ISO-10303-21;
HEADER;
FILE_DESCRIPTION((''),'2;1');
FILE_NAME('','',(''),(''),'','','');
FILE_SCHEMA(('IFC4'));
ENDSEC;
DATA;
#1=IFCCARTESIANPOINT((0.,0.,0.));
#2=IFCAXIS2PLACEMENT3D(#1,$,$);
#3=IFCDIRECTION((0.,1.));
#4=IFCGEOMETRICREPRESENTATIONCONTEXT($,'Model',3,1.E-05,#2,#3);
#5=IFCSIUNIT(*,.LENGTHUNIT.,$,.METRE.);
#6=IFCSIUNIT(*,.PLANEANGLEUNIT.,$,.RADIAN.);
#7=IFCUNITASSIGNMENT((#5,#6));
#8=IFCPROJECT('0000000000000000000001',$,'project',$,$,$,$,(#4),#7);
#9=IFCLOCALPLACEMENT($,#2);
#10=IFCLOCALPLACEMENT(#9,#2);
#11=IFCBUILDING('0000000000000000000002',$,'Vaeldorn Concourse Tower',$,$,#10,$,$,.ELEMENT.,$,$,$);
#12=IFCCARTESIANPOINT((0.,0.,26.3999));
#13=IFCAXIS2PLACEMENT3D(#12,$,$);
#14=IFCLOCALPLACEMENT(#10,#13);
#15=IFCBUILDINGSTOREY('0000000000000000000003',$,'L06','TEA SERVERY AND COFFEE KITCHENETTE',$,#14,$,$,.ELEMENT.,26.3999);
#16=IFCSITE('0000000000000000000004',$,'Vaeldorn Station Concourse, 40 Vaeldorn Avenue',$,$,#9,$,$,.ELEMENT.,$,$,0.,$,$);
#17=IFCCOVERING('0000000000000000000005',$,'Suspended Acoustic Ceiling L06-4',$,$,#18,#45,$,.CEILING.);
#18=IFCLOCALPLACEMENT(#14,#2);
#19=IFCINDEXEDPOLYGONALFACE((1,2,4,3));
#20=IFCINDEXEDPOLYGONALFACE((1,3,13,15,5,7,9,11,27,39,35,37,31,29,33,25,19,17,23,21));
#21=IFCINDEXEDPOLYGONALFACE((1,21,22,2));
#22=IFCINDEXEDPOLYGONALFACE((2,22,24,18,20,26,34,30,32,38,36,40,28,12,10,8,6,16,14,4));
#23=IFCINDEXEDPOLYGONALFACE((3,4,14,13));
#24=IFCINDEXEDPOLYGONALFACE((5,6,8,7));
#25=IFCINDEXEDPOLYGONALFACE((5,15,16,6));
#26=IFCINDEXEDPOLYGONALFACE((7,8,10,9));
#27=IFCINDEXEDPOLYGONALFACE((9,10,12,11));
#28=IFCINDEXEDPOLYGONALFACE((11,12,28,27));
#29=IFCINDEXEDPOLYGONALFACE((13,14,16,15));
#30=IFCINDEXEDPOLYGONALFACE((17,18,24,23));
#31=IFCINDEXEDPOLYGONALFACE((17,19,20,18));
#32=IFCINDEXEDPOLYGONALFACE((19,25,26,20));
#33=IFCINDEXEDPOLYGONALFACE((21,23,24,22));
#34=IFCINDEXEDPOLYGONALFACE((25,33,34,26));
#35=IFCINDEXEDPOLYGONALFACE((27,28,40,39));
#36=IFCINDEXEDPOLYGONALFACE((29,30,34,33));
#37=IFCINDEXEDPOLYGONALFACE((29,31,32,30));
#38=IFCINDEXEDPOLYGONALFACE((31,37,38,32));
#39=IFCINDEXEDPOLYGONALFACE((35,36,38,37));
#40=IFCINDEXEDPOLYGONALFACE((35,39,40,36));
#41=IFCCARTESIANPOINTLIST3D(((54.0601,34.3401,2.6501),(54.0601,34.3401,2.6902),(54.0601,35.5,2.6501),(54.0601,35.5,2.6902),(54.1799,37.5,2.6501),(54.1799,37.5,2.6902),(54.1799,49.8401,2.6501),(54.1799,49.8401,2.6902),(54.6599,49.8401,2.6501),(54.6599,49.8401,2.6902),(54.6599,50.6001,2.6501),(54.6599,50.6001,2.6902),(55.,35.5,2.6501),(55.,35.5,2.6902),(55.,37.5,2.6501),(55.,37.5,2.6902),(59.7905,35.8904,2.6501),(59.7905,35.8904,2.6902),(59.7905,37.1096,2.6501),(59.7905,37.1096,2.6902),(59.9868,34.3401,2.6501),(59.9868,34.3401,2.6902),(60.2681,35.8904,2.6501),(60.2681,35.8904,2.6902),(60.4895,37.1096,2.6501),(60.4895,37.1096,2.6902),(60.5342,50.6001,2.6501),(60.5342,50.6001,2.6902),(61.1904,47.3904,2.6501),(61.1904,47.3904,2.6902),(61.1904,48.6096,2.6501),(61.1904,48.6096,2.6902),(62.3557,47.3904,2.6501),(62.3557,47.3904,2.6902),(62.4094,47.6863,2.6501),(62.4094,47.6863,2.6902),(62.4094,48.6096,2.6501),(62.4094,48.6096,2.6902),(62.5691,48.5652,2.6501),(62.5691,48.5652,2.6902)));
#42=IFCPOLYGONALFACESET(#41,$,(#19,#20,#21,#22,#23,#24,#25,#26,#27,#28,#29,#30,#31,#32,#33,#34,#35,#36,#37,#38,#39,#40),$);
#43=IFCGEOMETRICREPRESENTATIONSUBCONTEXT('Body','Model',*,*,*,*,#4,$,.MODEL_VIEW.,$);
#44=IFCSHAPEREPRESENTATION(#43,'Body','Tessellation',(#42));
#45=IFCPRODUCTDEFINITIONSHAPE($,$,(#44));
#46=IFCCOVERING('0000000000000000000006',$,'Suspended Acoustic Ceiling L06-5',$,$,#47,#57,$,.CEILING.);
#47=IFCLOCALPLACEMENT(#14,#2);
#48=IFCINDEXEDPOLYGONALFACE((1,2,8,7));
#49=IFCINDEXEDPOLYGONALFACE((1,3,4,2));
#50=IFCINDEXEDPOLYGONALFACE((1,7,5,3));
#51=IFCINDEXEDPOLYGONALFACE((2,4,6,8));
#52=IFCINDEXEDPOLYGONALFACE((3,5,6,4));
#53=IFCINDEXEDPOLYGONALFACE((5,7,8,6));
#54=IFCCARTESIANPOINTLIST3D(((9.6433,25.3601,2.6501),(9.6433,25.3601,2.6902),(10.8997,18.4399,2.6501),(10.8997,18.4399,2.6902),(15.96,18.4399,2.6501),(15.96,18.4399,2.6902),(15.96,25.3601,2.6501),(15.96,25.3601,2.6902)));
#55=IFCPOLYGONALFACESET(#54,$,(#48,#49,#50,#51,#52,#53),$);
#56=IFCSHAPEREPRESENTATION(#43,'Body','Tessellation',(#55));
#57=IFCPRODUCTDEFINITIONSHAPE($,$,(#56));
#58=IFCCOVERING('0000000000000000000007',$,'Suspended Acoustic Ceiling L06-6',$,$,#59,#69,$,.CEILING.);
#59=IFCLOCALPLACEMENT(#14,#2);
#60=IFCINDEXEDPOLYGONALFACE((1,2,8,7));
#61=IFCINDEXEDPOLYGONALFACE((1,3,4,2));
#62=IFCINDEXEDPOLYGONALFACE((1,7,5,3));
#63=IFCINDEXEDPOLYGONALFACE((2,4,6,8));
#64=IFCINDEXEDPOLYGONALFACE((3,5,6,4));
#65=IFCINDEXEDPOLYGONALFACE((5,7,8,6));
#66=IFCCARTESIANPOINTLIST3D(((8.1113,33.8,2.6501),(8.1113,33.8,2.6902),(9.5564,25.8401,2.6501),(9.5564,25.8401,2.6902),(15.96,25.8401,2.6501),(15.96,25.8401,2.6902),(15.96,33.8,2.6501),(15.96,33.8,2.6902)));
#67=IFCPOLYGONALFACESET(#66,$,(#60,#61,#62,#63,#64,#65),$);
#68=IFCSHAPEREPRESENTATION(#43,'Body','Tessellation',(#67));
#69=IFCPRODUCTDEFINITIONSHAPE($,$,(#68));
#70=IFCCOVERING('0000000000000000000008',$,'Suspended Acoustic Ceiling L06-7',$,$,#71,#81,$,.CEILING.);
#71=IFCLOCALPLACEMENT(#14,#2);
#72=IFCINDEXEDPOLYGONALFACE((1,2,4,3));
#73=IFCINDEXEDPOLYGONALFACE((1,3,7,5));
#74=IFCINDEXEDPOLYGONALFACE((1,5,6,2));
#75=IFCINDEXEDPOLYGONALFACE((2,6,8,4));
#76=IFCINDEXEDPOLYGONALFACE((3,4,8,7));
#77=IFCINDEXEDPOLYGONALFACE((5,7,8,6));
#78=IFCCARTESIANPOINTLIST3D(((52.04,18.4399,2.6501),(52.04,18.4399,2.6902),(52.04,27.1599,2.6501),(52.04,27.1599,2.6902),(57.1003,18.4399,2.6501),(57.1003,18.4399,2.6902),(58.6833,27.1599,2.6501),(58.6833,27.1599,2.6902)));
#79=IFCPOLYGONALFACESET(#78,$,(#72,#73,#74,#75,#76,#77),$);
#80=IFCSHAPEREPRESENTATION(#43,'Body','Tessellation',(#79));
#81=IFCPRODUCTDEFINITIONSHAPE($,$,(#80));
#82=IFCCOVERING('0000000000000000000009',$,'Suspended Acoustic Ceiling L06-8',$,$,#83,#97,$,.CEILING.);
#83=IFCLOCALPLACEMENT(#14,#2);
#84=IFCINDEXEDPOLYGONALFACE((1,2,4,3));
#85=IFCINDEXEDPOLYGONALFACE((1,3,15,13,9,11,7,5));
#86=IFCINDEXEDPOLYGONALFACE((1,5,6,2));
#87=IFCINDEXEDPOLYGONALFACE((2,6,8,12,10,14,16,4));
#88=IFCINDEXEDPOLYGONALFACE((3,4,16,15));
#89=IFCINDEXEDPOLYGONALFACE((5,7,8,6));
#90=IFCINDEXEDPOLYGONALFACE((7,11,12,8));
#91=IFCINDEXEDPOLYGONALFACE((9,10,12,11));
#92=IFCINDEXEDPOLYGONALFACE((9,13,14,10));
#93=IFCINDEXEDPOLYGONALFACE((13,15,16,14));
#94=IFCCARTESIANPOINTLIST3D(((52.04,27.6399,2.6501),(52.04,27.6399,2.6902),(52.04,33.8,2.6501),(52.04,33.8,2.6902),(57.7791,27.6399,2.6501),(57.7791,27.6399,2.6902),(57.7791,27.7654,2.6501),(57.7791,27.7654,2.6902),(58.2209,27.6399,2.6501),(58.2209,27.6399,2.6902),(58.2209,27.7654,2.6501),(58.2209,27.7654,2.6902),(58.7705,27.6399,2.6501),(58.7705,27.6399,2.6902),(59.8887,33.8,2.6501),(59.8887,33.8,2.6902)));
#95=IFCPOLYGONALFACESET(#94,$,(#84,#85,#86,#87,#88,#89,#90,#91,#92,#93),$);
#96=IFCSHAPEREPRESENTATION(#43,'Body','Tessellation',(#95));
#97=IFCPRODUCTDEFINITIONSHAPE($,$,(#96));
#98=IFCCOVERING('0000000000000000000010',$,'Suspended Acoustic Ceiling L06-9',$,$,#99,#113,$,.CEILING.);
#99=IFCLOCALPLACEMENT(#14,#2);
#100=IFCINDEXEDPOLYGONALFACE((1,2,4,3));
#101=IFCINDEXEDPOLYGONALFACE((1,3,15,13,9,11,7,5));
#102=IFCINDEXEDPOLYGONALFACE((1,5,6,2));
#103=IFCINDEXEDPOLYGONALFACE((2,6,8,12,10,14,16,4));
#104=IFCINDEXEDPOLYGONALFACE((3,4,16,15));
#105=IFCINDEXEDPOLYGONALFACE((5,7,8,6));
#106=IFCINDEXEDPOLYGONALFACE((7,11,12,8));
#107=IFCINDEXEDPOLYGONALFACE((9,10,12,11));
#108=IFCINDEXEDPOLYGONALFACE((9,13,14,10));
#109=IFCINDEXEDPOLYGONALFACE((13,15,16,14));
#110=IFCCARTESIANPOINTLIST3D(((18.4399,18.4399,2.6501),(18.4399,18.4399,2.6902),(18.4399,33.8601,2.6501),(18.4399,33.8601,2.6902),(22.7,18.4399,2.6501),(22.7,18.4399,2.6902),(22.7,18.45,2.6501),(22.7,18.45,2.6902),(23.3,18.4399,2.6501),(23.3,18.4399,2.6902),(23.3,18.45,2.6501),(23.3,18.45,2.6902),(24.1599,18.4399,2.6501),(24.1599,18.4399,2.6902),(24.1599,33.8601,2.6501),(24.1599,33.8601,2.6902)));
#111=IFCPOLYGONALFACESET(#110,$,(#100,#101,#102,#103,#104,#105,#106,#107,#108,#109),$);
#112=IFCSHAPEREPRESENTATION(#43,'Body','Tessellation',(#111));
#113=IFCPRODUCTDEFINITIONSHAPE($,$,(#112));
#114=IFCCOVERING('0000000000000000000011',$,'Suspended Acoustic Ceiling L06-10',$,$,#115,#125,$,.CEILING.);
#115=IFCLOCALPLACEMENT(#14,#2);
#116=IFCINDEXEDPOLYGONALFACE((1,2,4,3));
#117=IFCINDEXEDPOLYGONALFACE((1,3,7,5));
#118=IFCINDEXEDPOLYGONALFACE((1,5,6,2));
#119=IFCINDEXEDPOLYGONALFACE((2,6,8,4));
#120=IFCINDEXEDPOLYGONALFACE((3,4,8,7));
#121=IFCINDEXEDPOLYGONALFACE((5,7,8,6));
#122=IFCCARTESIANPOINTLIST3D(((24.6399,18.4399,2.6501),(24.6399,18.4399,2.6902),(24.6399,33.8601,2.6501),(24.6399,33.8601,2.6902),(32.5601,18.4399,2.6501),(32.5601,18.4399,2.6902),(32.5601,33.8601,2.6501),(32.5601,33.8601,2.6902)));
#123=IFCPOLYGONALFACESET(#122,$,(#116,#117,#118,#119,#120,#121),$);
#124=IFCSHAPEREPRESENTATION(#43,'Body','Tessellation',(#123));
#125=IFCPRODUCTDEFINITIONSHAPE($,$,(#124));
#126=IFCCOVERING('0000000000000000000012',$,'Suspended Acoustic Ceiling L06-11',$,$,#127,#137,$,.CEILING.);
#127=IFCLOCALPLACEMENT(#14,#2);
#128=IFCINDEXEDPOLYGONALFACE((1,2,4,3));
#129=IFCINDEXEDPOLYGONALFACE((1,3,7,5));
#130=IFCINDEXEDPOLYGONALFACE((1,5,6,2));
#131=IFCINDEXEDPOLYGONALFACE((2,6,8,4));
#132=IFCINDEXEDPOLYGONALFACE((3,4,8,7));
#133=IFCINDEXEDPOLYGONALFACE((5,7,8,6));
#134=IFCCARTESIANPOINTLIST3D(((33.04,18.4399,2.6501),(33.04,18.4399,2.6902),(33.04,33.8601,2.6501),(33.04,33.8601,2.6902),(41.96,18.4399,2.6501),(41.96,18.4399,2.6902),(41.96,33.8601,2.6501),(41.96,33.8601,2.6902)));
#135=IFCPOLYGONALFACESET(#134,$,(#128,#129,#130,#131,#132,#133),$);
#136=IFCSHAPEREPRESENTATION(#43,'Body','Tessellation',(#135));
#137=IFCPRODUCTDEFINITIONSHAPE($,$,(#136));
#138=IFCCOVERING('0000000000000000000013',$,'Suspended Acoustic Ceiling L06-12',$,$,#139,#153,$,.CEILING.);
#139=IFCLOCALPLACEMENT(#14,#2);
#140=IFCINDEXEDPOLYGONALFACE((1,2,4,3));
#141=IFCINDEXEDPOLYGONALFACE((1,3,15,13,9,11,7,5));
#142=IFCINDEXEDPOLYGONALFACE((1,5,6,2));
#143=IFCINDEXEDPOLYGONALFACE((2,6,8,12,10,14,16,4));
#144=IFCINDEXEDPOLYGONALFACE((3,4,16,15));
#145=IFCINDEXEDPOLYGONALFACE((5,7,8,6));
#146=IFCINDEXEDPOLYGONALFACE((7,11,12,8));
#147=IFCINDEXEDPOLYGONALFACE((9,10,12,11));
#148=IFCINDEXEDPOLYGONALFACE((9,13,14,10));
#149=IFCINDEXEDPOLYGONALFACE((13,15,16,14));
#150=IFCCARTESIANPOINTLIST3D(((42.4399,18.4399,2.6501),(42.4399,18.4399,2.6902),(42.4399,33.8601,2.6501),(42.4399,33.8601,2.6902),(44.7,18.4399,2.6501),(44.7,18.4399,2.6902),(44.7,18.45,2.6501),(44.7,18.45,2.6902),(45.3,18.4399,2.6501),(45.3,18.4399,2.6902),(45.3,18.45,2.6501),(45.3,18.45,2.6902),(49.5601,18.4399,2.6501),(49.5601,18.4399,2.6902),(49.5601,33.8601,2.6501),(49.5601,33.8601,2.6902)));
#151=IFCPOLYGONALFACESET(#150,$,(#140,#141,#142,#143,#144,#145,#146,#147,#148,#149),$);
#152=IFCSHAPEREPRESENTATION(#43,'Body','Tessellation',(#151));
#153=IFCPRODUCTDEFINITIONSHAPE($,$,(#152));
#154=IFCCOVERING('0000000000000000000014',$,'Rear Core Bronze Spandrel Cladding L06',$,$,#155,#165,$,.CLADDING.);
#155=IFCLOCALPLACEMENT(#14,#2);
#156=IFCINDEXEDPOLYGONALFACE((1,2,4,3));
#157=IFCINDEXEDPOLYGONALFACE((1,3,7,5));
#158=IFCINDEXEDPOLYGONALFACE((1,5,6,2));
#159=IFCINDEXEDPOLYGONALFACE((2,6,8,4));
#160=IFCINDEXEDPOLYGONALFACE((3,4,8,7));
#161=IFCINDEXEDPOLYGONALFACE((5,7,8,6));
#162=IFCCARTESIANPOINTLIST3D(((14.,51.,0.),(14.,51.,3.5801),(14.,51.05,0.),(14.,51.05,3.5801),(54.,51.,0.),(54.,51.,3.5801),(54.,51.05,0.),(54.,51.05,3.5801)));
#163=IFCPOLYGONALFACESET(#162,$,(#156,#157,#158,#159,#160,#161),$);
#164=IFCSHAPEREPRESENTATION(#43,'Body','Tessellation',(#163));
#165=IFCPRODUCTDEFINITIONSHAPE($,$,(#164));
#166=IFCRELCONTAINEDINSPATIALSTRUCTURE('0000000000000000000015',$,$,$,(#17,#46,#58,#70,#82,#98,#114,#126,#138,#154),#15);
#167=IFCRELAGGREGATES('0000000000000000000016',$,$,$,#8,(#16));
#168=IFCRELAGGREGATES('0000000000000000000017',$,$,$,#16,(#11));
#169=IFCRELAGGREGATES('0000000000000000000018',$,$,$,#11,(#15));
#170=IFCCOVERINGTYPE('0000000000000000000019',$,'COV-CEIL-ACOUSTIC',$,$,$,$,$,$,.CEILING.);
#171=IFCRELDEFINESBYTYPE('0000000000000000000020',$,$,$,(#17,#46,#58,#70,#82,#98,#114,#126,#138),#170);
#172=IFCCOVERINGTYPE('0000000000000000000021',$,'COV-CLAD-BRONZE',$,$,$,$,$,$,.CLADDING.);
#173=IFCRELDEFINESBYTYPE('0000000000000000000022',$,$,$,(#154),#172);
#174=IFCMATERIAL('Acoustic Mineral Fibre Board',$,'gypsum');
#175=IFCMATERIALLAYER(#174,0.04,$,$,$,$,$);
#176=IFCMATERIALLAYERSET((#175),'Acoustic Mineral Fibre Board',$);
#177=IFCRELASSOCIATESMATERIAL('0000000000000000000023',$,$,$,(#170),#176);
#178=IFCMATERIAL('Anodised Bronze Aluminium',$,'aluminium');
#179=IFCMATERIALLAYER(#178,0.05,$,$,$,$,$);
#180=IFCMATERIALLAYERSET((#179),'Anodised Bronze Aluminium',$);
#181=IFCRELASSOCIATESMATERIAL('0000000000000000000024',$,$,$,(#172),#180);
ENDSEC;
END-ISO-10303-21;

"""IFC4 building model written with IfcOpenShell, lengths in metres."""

from ifc_helpers import new_model, si_unit, direction, frame, origin, place, context, subcontext, project, spatial, polyline, outline, extrude, material, layer, layer_set, type_object, element, save


model = new_model("IFC4")

# Units and contexts
model_context = context("Model", 3, precision=1e-05, world=origin(), true_north=direction((0.0, 1.0)))
body_context = subcontext(model_context, "Body", "Model", "MODEL_VIEW")
ifc_project = project(units=[si_unit("LENGTHUNIT", "METRE"), si_unit("PLANEANGLEUNIT", "RADIAN")], contexts=[model_context])

# Site, building, storey
site_placement = place(None, origin())
site = spatial("IfcSite", under=ifc_project, at=site_placement, Name="Vaeldorn Station Concourse, 40 Vaeldorn Avenue", CompositionType="ELEMENT", RefElevation=0.0)
building_placement = place(site_placement, origin())
building = spatial("IfcBuilding", under=site, at=building_placement, Name="Vaeldorn Concourse Tower", CompositionType="ELEMENT")
storey_placement = place(building_placement, frame((0.0, 0.0, 26.3999)))
storey = spatial("IfcBuildingStorey", under=building, at=storey_placement, Name="L06", Description="TEA SERVERY AND COFFEE KITCHENETTE", CompositionType="ELEMENT", Elevation=26.3999)

# Shared definitions
ifc_material_1 = material(Name="Anodised Bronze Aluminium", Category="aluminium")

# Coverings
ifc_material_2 = material(Name="Acoustic Mineral Fibre Board", Category="gypsum")
ifc_layer_1 = layer(ifc_material_2, 0.04)
ifc_layer_set_1 = layer_set([ifc_layer_1], Name="Acoustic Mineral Fibre Board")
covering_type_1 = type_object("IfcCoveringType", Name="COV-CEIL-ACOUSTIC", PredefinedType="CEILING", material=ifc_layer_set_1)
covering_1_placement = place(storey_placement, frame((0.0, 0.0, 2.6501)))
element("IfcCovering", 1, at=covering_1_placement, inside=storey, type_object=covering_type_1, Name="Suspended Acoustic Ceiling L06-4", PredefinedType="CEILING", context=body_context, shape_type="SweptSolid", body=[
    extrude(outline(polyline([(54.1799, 49.8401), (54.6599, 49.8401), (54.6599, 50.6001), (60.5342, 50.6001), (62.5691, 48.5652), (62.4094, 47.6863), (62.4094, 48.6096), (61.1904, 48.6096), (61.1904, 47.3904), (62.3557, 47.3904), (60.4895, 37.1096), (59.7905, 37.1096), (59.7905, 35.8904), (60.2681, 35.8904), (59.9868, 34.3401), (54.0601, 34.3401), (54.0601, 35.5), (55.0, 35.5), (55.0, 37.5), (54.1799, 37.5), (54.1799, 49.8401)])), origin(), (0.0, 0.0, 1.0), 0.04),
])
covering_2_placement = place(storey_placement, frame((0.0, 0.0, 2.6501)))
element("IfcCovering", 2, at=covering_2_placement, inside=storey, type_object=covering_type_1, Name="Suspended Acoustic Ceiling L06-5", PredefinedType="CEILING", context=body_context, shape_type="SweptSolid", body=[
    extrude(outline(polyline([(15.96, 25.3601), (15.96, 18.4399), (10.8997, 18.4399), (9.6433, 25.3601), (15.96, 25.3601)])), origin(), (0.0, 0.0, 1.0), 0.04),
])
covering_3_placement = place(storey_placement, frame((0.0, 0.0, 2.6501)))
element("IfcCovering", 3, at=covering_3_placement, inside=storey, type_object=covering_type_1, Name="Suspended Acoustic Ceiling L06-6", PredefinedType="CEILING", context=body_context, shape_type="SweptSolid", body=[
    extrude(outline(polyline([(15.96, 33.8), (15.96, 25.8401), (9.5564, 25.8401), (8.1113, 33.8), (15.96, 33.8)])), origin(), (0.0, 0.0, 1.0), 0.04),
])
covering_4_placement = place(storey_placement, frame((0.0, 0.0, 2.6501)))
element("IfcCovering", 4, at=covering_4_placement, inside=storey, type_object=covering_type_1, Name="Suspended Acoustic Ceiling L06-7", PredefinedType="CEILING", context=body_context, shape_type="SweptSolid", body=[
    extrude(outline(polyline([(52.04, 27.1599), (58.6833, 27.1599), (57.1003, 18.4399), (52.04, 18.4399), (52.04, 27.1599)])), origin(), (0.0, 0.0, 1.0), 0.04),
])
covering_5_placement = place(storey_placement, frame((0.0, 0.0, 2.6501)))
element("IfcCovering", 5, at=covering_5_placement, inside=storey, type_object=covering_type_1, Name="Suspended Acoustic Ceiling L06-8", PredefinedType="CEILING", context=body_context, shape_type="SweptSolid", body=[
    extrude(outline(polyline([(52.04, 33.8), (59.8887, 33.8), (58.7705, 27.6399), (58.2209, 27.6399), (58.2209, 27.7654), (57.7791, 27.7654), (57.7791, 27.6399), (52.04, 27.6399), (52.04, 33.8)])), origin(), (0.0, 0.0, 1.0), 0.04),
])
covering_6_placement = place(storey_placement, frame((0.0, 0.0, 2.6501)))
element("IfcCovering", 6, at=covering_6_placement, inside=storey, type_object=covering_type_1, Name="Suspended Acoustic Ceiling L06-9", PredefinedType="CEILING", context=body_context, shape_type="SweptSolid", body=[
    extrude(outline(polyline([(18.4399, 33.8601), (24.1599, 33.8601), (24.1599, 18.4399), (23.3, 18.4399), (23.3, 18.45), (22.7, 18.45), (22.7, 18.4399), (18.4399, 18.4399), (18.4399, 33.8601)])), origin(), (0.0, 0.0, 1.0), 0.04),
])
covering_7_placement = place(storey_placement, frame((0.0, 0.0, 2.6501)))
element("IfcCovering", 7, at=covering_7_placement, inside=storey, type_object=covering_type_1, Name="Suspended Acoustic Ceiling L06-10", PredefinedType="CEILING", context=body_context, shape_type="SweptSolid", body=[
    extrude(outline(polyline([(24.6399, 33.8601), (32.5601, 33.8601), (32.5601, 18.4399), (24.6399, 18.4399), (24.6399, 33.8601)])), origin(), (0.0, 0.0, 1.0), 0.04),
])
covering_8_placement = place(storey_placement, frame((0.0, 0.0, 2.6501)))
element("IfcCovering", 8, at=covering_8_placement, inside=storey, type_object=covering_type_1, Name="Suspended Acoustic Ceiling L06-11", PredefinedType="CEILING", context=body_context, shape_type="SweptSolid", body=[
    extrude(outline(polyline([(33.04, 33.8601), (41.96, 33.8601), (41.96, 18.4399), (33.04, 18.4399), (33.04, 33.8601)])), origin(), (0.0, 0.0, 1.0), 0.04),
])
covering_9_placement = place(storey_placement, frame((0.0, 0.0, 2.6501)))
element("IfcCovering", 9, at=covering_9_placement, inside=storey, type_object=covering_type_1, Name="Suspended Acoustic Ceiling L06-12", PredefinedType="CEILING", context=body_context, shape_type="SweptSolid", body=[
    extrude(outline(polyline([(42.4399, 33.8601), (49.5601, 33.8601), (49.5601, 18.4399), (45.3, 18.4399), (45.3, 18.45), (44.7, 18.45), (44.7, 18.4399), (42.4399, 18.4399), (42.4399, 33.8601)])), origin(), (0.0, 0.0, 1.0), 0.04),
])
ifc_layer_2 = layer(ifc_material_1, 0.05)
ifc_layer_set_2 = layer_set([ifc_layer_2], Name="Anodised Bronze Aluminium")
covering_type_2 = type_object("IfcCoveringType", Name="COV-CLAD-BRONZE", PredefinedType="CLADDING", material=ifc_layer_set_2)
covering_10_placement = place(storey_placement, origin())
element("IfcCovering", 10, at=covering_10_placement, inside=storey, type_object=covering_type_2, Name="Rear Core Bronze Spandrel Cladding L06", PredefinedType="CLADDING", context=body_context, shape_type="SweptSolid", body=[
    extrude(outline(polyline([(14.0, 51.0), (54.0, 51.0), (54.0, 51.05), (14.0, 51.05), (14.0, 51.0)])), origin(), (0.0, 0.0, 1.0), 3.5801),
])

save(model, "model.ifc")
